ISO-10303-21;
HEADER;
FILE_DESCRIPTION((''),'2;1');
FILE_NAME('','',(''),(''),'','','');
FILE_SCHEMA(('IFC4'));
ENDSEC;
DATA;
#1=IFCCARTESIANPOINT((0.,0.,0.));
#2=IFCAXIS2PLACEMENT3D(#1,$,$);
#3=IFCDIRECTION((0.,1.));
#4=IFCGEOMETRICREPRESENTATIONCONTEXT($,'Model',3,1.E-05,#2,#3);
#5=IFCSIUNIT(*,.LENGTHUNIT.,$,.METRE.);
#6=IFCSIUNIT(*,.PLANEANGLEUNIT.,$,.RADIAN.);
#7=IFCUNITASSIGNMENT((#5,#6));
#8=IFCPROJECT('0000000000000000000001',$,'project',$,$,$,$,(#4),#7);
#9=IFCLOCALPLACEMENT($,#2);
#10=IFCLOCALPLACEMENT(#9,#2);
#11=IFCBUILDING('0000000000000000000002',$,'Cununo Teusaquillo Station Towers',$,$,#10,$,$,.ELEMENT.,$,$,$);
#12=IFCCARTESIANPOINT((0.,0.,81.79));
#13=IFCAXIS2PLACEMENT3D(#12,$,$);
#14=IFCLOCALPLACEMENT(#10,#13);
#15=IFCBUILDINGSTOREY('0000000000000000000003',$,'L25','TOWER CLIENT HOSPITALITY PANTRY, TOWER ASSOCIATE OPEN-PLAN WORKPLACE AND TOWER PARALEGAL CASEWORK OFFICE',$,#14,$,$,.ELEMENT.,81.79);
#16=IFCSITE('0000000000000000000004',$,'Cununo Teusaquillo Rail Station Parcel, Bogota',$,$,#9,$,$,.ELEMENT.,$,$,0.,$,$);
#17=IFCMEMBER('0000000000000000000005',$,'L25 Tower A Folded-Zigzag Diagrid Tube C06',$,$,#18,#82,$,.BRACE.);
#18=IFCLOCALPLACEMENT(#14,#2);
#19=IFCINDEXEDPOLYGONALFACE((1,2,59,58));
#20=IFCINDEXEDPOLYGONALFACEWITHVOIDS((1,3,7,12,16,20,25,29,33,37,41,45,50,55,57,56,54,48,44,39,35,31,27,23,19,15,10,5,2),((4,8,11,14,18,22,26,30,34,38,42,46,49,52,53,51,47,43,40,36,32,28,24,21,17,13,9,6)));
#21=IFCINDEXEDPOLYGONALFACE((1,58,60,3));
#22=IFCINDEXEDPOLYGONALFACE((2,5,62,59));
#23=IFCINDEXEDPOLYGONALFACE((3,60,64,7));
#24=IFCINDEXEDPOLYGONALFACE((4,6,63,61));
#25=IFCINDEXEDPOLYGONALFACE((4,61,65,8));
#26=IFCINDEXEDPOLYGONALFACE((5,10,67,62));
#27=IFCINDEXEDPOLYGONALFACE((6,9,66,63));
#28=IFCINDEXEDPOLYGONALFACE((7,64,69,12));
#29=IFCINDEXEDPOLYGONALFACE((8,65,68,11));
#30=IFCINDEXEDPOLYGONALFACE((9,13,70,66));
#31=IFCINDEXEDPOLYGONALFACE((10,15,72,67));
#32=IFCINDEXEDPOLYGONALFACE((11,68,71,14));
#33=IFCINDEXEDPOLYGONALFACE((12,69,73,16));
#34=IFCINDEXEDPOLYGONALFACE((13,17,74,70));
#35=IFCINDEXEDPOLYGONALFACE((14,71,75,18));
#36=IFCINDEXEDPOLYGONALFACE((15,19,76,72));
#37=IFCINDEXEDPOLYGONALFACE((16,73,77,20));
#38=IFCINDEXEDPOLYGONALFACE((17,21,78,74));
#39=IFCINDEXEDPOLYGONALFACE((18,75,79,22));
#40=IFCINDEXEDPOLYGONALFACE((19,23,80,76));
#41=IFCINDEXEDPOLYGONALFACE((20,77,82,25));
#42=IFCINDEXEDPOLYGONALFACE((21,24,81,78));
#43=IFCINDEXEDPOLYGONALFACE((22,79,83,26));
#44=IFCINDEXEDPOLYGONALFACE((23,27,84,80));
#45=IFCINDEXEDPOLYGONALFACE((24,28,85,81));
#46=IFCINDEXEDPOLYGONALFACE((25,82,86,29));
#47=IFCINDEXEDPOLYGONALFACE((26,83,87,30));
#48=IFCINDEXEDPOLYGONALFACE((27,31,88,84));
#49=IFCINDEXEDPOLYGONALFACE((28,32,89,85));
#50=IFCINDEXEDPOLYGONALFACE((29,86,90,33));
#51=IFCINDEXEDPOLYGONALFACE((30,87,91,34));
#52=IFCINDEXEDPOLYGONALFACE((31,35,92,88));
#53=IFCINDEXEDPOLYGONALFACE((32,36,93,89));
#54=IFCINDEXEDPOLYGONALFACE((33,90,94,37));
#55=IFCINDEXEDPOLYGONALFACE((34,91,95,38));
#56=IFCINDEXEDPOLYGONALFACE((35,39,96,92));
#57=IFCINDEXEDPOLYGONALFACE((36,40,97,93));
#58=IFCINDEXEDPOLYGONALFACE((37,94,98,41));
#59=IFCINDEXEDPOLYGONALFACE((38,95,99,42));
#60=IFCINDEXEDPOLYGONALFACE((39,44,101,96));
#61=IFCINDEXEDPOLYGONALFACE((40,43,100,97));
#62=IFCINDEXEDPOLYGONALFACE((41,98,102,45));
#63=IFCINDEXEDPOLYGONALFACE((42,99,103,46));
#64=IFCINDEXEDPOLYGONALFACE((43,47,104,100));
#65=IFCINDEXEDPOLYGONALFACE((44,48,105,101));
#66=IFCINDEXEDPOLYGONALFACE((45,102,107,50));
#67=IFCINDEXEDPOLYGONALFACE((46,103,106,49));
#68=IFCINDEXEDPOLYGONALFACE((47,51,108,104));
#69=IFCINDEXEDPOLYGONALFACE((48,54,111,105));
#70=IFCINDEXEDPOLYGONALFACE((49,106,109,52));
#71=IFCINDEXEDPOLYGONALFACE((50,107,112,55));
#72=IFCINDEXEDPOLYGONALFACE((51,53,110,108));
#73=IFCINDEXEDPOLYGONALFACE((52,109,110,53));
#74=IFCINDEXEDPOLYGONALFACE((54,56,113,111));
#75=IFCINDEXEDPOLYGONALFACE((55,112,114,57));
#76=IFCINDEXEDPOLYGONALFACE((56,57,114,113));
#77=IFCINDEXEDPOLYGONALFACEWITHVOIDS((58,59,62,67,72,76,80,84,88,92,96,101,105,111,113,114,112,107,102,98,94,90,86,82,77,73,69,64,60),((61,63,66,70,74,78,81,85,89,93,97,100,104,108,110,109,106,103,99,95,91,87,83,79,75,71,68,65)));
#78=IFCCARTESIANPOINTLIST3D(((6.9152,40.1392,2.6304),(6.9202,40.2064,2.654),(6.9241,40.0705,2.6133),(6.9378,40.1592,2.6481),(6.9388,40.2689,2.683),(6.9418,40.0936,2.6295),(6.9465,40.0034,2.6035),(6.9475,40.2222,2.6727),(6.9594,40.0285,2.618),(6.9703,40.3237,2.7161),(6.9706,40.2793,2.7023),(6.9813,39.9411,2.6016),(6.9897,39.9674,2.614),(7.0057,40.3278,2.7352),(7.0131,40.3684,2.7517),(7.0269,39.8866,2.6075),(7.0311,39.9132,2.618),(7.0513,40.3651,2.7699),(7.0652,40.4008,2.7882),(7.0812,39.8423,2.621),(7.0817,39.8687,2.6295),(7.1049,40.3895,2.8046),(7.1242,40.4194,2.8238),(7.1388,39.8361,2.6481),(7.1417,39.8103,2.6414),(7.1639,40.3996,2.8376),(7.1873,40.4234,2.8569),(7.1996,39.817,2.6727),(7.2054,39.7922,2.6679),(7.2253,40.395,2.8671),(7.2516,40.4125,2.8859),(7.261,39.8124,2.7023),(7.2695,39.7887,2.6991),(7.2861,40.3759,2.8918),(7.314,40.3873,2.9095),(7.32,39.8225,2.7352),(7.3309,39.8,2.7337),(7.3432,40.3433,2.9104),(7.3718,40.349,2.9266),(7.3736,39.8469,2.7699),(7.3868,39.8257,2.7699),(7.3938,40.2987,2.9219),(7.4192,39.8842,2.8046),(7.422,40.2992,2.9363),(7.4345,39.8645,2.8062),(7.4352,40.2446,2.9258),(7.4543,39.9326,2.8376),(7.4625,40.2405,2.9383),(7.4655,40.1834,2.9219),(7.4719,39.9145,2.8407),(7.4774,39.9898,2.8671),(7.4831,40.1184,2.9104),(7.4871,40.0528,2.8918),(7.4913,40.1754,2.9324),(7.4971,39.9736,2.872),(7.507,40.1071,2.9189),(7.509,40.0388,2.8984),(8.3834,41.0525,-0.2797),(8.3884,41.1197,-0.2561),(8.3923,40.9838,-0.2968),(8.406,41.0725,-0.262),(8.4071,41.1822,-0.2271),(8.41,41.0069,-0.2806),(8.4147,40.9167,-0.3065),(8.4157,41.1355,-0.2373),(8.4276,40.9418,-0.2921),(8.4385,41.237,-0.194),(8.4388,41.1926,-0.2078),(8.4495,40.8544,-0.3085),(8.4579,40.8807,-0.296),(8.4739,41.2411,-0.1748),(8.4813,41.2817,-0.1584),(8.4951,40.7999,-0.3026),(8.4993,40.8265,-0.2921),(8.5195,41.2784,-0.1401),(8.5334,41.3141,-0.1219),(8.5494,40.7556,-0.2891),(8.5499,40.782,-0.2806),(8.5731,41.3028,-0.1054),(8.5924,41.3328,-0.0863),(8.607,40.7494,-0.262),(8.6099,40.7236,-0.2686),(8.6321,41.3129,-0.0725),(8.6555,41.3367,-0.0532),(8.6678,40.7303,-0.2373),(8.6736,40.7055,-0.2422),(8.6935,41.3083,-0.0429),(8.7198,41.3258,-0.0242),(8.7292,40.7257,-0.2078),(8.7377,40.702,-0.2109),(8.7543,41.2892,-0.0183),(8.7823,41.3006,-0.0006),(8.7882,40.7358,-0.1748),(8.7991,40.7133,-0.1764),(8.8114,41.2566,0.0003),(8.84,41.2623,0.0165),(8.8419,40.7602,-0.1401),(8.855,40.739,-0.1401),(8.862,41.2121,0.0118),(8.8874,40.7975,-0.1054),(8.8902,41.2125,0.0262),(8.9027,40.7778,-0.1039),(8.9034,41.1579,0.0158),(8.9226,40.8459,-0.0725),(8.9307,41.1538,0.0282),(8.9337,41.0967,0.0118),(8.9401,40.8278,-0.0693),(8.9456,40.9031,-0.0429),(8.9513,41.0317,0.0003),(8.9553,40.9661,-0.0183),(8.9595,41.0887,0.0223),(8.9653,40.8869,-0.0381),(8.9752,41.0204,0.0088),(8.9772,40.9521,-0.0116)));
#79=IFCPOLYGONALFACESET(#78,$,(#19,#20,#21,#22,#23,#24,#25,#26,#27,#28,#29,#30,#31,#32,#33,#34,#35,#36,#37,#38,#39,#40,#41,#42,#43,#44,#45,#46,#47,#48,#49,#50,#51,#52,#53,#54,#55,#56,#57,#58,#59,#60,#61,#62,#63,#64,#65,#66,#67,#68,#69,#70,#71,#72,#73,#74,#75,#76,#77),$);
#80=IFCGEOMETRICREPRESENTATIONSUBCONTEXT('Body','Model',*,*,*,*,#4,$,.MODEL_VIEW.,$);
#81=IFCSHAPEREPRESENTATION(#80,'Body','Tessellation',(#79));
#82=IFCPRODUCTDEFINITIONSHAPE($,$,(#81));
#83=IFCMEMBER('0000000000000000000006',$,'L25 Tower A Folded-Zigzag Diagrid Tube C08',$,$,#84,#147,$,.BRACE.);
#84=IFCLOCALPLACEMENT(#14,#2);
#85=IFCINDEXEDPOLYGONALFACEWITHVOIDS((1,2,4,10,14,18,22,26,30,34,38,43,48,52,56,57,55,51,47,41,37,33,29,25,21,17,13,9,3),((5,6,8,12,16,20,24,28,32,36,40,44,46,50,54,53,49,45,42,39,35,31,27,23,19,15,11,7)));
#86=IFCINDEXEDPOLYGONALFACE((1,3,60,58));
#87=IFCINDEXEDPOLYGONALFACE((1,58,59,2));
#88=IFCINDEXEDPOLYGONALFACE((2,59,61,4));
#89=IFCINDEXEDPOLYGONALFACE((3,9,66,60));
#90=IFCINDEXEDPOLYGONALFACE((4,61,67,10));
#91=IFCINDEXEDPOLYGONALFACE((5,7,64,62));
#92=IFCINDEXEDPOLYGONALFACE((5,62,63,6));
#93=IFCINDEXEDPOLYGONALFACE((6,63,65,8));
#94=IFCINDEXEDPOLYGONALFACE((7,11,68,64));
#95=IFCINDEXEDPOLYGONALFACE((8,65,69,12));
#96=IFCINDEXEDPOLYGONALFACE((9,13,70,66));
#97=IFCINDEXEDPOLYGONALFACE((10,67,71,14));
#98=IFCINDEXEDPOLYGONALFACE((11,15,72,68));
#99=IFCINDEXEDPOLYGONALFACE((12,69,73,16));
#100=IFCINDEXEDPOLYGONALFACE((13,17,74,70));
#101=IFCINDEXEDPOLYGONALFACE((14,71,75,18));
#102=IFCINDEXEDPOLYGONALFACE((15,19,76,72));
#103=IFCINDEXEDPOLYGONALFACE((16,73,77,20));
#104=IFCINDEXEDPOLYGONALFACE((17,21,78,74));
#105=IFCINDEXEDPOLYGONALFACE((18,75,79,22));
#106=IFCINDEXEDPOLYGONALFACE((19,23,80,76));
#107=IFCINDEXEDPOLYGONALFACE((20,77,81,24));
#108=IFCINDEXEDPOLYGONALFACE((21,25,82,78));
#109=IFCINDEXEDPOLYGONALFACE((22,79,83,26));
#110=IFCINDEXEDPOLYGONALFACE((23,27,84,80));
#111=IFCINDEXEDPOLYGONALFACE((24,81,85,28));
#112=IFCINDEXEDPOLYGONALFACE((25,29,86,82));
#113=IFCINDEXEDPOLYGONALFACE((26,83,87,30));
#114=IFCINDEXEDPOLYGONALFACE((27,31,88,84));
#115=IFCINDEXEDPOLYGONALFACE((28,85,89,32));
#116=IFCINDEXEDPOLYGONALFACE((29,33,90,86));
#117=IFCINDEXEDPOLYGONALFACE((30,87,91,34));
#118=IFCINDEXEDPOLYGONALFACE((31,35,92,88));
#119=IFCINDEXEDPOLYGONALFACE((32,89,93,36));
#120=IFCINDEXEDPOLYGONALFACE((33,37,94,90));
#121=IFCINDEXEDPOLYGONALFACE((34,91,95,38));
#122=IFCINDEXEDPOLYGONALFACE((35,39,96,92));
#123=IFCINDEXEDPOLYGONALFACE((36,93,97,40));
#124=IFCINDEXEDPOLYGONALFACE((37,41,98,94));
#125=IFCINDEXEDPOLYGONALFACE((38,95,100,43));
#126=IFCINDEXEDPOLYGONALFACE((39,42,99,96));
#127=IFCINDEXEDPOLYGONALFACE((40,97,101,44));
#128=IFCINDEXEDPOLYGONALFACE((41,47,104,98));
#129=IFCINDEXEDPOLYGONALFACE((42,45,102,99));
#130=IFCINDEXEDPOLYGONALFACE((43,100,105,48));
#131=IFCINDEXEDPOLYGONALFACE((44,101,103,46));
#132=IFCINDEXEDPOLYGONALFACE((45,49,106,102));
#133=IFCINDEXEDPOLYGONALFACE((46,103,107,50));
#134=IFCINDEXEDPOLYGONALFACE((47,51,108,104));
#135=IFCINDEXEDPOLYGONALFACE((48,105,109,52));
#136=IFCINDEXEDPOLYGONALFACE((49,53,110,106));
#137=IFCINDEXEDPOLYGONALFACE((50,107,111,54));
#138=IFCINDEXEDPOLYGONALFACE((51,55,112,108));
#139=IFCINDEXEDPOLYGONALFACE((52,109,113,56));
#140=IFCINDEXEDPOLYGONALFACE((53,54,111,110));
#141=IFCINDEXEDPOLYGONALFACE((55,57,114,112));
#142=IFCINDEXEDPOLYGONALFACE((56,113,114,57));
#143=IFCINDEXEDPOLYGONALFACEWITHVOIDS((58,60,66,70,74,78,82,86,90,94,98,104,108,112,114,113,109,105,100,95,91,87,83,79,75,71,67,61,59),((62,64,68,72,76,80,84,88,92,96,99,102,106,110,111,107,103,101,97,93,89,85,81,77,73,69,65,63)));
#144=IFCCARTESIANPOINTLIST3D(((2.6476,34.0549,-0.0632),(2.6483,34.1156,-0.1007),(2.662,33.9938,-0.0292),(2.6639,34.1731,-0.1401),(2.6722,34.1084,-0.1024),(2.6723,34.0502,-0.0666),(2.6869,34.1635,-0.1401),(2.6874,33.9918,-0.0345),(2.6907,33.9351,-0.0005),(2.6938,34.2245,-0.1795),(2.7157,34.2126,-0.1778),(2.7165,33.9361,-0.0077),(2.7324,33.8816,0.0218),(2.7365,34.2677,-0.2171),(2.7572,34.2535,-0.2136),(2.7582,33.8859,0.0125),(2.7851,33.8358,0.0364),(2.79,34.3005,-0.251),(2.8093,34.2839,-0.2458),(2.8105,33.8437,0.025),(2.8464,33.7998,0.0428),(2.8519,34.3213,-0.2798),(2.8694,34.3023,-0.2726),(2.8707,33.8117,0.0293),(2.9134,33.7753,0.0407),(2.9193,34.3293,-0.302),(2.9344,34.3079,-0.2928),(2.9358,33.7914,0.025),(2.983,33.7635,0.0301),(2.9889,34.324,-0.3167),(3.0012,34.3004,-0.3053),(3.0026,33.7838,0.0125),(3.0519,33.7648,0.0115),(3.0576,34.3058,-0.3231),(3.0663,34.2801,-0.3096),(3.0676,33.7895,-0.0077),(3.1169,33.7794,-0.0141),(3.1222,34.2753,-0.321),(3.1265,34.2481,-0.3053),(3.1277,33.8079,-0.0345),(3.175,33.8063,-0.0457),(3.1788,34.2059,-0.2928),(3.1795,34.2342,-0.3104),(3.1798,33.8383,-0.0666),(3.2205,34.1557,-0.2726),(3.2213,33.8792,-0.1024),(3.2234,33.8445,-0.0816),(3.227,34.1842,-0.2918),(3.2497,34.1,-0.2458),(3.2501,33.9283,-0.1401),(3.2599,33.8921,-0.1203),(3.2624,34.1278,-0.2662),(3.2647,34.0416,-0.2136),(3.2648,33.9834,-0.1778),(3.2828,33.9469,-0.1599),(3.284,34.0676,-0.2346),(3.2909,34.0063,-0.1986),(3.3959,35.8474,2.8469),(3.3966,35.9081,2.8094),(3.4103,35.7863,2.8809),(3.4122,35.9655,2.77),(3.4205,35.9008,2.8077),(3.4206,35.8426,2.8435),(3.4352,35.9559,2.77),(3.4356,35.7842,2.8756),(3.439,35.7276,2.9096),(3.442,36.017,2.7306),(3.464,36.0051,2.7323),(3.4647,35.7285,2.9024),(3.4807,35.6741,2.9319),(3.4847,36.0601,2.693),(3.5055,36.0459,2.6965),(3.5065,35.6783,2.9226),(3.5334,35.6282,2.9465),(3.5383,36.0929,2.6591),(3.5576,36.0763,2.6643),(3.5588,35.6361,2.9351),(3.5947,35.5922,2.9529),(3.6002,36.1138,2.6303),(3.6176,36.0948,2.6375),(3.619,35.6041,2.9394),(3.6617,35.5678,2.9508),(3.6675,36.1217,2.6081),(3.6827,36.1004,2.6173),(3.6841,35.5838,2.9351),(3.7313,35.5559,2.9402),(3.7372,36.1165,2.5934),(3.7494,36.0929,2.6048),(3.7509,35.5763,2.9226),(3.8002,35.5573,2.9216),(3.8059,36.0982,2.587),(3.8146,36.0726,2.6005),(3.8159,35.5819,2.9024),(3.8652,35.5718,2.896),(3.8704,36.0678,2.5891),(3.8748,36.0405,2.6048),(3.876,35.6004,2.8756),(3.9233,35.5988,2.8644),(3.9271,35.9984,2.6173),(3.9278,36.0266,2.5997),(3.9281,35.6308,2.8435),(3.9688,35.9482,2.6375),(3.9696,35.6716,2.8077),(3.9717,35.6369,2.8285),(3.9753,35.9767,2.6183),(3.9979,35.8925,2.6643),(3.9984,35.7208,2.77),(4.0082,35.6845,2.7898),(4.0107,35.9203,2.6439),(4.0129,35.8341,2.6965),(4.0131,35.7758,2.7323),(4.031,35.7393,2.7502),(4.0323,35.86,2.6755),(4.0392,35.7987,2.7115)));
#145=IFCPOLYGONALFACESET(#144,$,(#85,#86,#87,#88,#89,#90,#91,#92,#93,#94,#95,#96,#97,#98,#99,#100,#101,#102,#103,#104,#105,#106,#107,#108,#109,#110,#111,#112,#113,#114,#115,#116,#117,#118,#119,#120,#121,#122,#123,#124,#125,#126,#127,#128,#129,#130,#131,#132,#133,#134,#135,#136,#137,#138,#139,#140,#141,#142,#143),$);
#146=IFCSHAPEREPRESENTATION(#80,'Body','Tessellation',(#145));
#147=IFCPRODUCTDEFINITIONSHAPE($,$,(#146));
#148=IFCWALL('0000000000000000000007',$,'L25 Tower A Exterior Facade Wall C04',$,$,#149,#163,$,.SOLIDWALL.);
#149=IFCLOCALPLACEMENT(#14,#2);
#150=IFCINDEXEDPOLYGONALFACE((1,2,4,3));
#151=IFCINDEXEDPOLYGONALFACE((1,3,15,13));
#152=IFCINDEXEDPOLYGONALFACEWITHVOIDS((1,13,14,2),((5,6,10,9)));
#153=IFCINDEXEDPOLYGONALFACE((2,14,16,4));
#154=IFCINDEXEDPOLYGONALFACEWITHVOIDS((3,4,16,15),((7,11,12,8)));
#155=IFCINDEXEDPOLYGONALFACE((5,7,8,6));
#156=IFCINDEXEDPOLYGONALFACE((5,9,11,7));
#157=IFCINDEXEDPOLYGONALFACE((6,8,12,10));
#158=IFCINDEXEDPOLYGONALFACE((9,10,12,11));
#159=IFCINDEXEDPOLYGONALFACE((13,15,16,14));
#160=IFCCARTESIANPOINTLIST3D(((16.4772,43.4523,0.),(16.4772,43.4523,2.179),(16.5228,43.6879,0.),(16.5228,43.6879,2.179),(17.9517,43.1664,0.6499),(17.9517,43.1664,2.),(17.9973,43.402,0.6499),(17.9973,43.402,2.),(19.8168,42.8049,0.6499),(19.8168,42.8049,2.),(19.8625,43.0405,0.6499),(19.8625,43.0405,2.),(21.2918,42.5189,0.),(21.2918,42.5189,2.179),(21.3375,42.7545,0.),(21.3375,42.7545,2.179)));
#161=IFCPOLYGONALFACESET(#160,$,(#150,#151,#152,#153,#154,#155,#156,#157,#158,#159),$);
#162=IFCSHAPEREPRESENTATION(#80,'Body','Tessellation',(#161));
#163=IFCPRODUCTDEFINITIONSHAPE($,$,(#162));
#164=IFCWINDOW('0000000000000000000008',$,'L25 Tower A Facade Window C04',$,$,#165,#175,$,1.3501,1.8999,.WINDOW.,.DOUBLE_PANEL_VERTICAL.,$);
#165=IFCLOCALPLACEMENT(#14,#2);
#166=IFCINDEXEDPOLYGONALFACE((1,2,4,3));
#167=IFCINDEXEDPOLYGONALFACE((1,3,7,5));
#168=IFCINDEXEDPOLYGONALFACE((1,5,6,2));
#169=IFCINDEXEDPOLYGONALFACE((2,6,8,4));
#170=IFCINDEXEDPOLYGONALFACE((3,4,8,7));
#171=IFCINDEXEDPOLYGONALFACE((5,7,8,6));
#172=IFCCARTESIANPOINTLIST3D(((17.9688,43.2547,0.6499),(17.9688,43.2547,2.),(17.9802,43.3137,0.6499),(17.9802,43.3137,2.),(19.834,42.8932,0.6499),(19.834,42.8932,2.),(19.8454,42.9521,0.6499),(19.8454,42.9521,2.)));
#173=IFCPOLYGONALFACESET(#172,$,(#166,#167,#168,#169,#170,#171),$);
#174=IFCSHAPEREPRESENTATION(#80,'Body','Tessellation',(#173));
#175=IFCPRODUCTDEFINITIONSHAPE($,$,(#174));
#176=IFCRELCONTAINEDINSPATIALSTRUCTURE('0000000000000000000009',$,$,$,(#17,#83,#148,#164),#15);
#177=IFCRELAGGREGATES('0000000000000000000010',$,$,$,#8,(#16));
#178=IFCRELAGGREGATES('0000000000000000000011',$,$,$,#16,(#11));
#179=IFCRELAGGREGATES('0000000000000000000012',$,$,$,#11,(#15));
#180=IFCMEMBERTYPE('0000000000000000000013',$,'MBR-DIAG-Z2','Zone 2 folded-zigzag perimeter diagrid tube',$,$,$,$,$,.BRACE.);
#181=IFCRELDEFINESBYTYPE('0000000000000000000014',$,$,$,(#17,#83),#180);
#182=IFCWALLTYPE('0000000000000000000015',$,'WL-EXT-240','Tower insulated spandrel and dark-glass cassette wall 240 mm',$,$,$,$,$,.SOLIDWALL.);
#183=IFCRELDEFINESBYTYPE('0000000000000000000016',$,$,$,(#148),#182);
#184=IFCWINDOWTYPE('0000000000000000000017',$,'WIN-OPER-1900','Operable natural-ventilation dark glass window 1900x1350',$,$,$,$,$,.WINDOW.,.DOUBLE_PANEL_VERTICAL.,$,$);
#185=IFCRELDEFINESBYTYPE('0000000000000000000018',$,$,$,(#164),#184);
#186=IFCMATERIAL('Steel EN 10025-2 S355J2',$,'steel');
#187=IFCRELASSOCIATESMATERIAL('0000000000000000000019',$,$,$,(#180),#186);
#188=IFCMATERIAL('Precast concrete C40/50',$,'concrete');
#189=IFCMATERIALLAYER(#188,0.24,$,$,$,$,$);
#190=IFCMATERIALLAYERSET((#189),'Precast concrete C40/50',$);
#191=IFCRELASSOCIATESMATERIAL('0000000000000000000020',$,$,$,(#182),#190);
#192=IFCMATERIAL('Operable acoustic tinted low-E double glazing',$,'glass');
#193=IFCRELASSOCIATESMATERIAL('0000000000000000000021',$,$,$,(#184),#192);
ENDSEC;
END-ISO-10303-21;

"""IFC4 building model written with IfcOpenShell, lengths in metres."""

from ifc_helpers import new_model, si_unit, direction, frame, frame_2d, origin, origin_2d, place, context, subcontext, project, spatial, rectangle, hollow_circle, extrude, source, transform, mapped, material, layer, layer_set, material_profile, profile_set, type_object, element, fill, save


model = new_model("IFC4")

# Units and contexts
model_context = context("Model", 3, precision=1e-05, world=origin(), true_north=direction((0.0, 1.0)))
body_context = subcontext(model_context, "Body", "Model", "MODEL_VIEW")
ifc_project = project(units=[si_unit("LENGTHUNIT", "METRE"), si_unit("PLANEANGLEUNIT", "RADIAN")], contexts=[model_context])

# Site, building, storey
site_placement = place(None, origin())
site = spatial("IfcSite", under=ifc_project, at=site_placement, Name="Cununo Teusaquillo Rail Station Parcel, Bogota", CompositionType="ELEMENT", RefElevation=0.0)
building_placement = place(site_placement, origin())
building = spatial("IfcBuilding", under=site, at=building_placement, Name="Cununo Teusaquillo Station Towers", CompositionType="ELEMENT")
storey_placement = place(building_placement, frame((0.0, 0.0, 81.79)))
storey = spatial("IfcBuildingStorey", under=building, at=storey_placement, Name="L25", Description="TOWER CLIENT HOSPITALITY PANTRY, TOWER ASSOCIATE OPEN-PLAN WORKPLACE AND TOWER PARALEGAL CASEWORK OFFICE", CompositionType="ELEMENT", Elevation=81.79)

# Members
ifc_material_1 = material(Name="Steel EN 10025-2 S355J2", Category="steel")
ifc_material_profile_1 = material_profile(ifc_material_1, hollow_circle(Radius=0.3301, WallThickness=0.0249, at=origin_2d()), Name="CHS 660x25")
ifc_profile_set_1 = profile_set([ifc_material_profile_1], Name="Steel EN 10025-2 S355J2")
member_type = type_object("IfcMemberType", Name="MBR-DIAG-Z2", Description="Zone 2 folded-zigzag perimeter diagrid tube", PredefinedType="BRACE", material=ifc_profile_set_1)
member_1_placement = place(storey_placement, frame((8.6807, 41.0193, -0.1401), z_axis=(-0.433741, -0.269808, 0.859693), x_axis=(0.528196, -0.849123, 0.0)))
element("IfcMember", 1, at=member_1_placement, inside=storey, type_object=member_type, Name="L25 Tower A Folded-Zigzag Diagrid Tube C06", PredefinedType="BRACE", context=body_context, shape_type="SweptSolid", body=[
    extrude(hollow_circle(Radius=0.3301, WallThickness=0.0249, at=origin_2d()), origin(), (0.0, 0.0, 1.0), 3.385),
])
member_2_placement = place(storey_placement, frame((2.9685, 34.0459, -0.1401), z_axis=(0.213868, 0.512306, 0.831747), x_axis=(-0.922816, 0.38524, 0.0)))
element("IfcMember", 2, at=member_2_placement, inside=storey, type_object=member_type, Name="L25 Tower A Folded-Zigzag Diagrid Tube C08", PredefinedType="BRACE", context=body_context, shape_type="SweptSolid", body=[
    extrude(hollow_circle(Radius=0.3301, WallThickness=0.0249, at=origin_2d()), origin(), (0.0, 0.0, 1.0), 3.4988),
])

# Wall, opening, window
ifc_material_2 = material(Name="Precast concrete C40/50", Category="concrete")
ifc_layer_1 = layer(ifc_material_2, 0.24)
ifc_layer_set_1 = layer_set([ifc_layer_1], Name="Precast concrete C40/50")
wall_type_1 = type_object("IfcWallType", Name="WL-EXT-240", Description="Tower insulated spandrel and dark-glass cassette wall 240 mm", PredefinedType="SOLIDWALL", material=ifc_layer_set_1)
wall_1_placement = place(storey_placement, frame((16.5, 43.5701, 0.0), z_axis=(0.0, 0.0, 1.0), x_axis=(0.981724, -0.190311, 0.0)))
wall_1 = element("IfcWall", 3, at=wall_1_placement, inside=storey, type_object=wall_type_1, Name="L25 Tower A Exterior Facade Wall C04", PredefinedType="SOLIDWALL", context=body_context, shape_type="SweptSolid", body=[
    extrude(rectangle(XDim=4.9043, YDim=0.24, at=frame_2d((2.4521, 0.0))), origin(), (0.0, 0.0, 1.0), 2.179),
])
shared_shape_1 = source(origin(), body_context, "Body", "SweptSolid", [
    extrude(rectangle(XDim=1.8999, YDim=1.3501, at=frame_2d((0.95, 0.675))), frame((0.0, 0.1299, 0.0), z_axis=(0.0, -1.0, 0.0), x_axis=(1.0, 0.0, 0.0)), (0.0, 0.0, 1.0), 0.26),
])
opening_1_placement = place(wall_1_placement, frame((1.502, 0.0, 0.6499)))
opening_1 = element("IfcOpeningElement", 4, at=opening_1_placement, cuts=wall_1, PredefinedType="OPENING", context=body_context, shape_type="MappedRepresentation", body=[
    mapped(shared_shape_1, transform((0.0, 0.0, 0.0), x_axis=(1.0, 0.0, 0.0), y_axis=(0.0, 1.0, 0.0), z_axis=(0.0, 0.0, 1.0), scale=1.0)),
])
ifc_material_3 = material(Name="Operable acoustic tinted low-E double glazing", Category="glass")
window_type_1 = type_object("IfcWindowType", Name="WIN-OPER-1900", Description="Operable natural-ventilation dark glass window 1900x1350", PartitioningType="DOUBLE_PANEL_VERTICAL", PredefinedType="WINDOW", material=ifc_material_3)
shared_shape_2 = source(origin(), body_context, "Body", "SweptSolid", [
    extrude(rectangle(XDim=1.8999, YDim=1.3501, at=frame_2d((0.95, 0.675))), frame((0.0, 0.03, 0.0), z_axis=(0.0, -1.0, 0.0), x_axis=(1.0, 0.0, 0.0)), (0.0, 0.0, 1.0), 0.0601),
])
window_1_placement = place(opening_1_placement, origin())
window_1 = element("IfcWindow", 5, at=window_1_placement, inside=storey, type_object=window_type_1, Name="L25 Tower A Facade Window C04", OverallHeight=1.3501, OverallWidth=1.8999, PartitioningType="DOUBLE_PANEL_VERTICAL", PredefinedType="WINDOW", context=body_context, shape_type="MappedRepresentation", body=[
    mapped(shared_shape_2, transform((0.0, 0.0, 0.0), x_axis=(1.0, 0.0, 0.0), y_axis=(0.0, 1.0, 0.0), z_axis=(0.0, 0.0, 1.0), scale=1.0)),
])
fill(opening_1, window_1)

save(model, "model.ifc")
